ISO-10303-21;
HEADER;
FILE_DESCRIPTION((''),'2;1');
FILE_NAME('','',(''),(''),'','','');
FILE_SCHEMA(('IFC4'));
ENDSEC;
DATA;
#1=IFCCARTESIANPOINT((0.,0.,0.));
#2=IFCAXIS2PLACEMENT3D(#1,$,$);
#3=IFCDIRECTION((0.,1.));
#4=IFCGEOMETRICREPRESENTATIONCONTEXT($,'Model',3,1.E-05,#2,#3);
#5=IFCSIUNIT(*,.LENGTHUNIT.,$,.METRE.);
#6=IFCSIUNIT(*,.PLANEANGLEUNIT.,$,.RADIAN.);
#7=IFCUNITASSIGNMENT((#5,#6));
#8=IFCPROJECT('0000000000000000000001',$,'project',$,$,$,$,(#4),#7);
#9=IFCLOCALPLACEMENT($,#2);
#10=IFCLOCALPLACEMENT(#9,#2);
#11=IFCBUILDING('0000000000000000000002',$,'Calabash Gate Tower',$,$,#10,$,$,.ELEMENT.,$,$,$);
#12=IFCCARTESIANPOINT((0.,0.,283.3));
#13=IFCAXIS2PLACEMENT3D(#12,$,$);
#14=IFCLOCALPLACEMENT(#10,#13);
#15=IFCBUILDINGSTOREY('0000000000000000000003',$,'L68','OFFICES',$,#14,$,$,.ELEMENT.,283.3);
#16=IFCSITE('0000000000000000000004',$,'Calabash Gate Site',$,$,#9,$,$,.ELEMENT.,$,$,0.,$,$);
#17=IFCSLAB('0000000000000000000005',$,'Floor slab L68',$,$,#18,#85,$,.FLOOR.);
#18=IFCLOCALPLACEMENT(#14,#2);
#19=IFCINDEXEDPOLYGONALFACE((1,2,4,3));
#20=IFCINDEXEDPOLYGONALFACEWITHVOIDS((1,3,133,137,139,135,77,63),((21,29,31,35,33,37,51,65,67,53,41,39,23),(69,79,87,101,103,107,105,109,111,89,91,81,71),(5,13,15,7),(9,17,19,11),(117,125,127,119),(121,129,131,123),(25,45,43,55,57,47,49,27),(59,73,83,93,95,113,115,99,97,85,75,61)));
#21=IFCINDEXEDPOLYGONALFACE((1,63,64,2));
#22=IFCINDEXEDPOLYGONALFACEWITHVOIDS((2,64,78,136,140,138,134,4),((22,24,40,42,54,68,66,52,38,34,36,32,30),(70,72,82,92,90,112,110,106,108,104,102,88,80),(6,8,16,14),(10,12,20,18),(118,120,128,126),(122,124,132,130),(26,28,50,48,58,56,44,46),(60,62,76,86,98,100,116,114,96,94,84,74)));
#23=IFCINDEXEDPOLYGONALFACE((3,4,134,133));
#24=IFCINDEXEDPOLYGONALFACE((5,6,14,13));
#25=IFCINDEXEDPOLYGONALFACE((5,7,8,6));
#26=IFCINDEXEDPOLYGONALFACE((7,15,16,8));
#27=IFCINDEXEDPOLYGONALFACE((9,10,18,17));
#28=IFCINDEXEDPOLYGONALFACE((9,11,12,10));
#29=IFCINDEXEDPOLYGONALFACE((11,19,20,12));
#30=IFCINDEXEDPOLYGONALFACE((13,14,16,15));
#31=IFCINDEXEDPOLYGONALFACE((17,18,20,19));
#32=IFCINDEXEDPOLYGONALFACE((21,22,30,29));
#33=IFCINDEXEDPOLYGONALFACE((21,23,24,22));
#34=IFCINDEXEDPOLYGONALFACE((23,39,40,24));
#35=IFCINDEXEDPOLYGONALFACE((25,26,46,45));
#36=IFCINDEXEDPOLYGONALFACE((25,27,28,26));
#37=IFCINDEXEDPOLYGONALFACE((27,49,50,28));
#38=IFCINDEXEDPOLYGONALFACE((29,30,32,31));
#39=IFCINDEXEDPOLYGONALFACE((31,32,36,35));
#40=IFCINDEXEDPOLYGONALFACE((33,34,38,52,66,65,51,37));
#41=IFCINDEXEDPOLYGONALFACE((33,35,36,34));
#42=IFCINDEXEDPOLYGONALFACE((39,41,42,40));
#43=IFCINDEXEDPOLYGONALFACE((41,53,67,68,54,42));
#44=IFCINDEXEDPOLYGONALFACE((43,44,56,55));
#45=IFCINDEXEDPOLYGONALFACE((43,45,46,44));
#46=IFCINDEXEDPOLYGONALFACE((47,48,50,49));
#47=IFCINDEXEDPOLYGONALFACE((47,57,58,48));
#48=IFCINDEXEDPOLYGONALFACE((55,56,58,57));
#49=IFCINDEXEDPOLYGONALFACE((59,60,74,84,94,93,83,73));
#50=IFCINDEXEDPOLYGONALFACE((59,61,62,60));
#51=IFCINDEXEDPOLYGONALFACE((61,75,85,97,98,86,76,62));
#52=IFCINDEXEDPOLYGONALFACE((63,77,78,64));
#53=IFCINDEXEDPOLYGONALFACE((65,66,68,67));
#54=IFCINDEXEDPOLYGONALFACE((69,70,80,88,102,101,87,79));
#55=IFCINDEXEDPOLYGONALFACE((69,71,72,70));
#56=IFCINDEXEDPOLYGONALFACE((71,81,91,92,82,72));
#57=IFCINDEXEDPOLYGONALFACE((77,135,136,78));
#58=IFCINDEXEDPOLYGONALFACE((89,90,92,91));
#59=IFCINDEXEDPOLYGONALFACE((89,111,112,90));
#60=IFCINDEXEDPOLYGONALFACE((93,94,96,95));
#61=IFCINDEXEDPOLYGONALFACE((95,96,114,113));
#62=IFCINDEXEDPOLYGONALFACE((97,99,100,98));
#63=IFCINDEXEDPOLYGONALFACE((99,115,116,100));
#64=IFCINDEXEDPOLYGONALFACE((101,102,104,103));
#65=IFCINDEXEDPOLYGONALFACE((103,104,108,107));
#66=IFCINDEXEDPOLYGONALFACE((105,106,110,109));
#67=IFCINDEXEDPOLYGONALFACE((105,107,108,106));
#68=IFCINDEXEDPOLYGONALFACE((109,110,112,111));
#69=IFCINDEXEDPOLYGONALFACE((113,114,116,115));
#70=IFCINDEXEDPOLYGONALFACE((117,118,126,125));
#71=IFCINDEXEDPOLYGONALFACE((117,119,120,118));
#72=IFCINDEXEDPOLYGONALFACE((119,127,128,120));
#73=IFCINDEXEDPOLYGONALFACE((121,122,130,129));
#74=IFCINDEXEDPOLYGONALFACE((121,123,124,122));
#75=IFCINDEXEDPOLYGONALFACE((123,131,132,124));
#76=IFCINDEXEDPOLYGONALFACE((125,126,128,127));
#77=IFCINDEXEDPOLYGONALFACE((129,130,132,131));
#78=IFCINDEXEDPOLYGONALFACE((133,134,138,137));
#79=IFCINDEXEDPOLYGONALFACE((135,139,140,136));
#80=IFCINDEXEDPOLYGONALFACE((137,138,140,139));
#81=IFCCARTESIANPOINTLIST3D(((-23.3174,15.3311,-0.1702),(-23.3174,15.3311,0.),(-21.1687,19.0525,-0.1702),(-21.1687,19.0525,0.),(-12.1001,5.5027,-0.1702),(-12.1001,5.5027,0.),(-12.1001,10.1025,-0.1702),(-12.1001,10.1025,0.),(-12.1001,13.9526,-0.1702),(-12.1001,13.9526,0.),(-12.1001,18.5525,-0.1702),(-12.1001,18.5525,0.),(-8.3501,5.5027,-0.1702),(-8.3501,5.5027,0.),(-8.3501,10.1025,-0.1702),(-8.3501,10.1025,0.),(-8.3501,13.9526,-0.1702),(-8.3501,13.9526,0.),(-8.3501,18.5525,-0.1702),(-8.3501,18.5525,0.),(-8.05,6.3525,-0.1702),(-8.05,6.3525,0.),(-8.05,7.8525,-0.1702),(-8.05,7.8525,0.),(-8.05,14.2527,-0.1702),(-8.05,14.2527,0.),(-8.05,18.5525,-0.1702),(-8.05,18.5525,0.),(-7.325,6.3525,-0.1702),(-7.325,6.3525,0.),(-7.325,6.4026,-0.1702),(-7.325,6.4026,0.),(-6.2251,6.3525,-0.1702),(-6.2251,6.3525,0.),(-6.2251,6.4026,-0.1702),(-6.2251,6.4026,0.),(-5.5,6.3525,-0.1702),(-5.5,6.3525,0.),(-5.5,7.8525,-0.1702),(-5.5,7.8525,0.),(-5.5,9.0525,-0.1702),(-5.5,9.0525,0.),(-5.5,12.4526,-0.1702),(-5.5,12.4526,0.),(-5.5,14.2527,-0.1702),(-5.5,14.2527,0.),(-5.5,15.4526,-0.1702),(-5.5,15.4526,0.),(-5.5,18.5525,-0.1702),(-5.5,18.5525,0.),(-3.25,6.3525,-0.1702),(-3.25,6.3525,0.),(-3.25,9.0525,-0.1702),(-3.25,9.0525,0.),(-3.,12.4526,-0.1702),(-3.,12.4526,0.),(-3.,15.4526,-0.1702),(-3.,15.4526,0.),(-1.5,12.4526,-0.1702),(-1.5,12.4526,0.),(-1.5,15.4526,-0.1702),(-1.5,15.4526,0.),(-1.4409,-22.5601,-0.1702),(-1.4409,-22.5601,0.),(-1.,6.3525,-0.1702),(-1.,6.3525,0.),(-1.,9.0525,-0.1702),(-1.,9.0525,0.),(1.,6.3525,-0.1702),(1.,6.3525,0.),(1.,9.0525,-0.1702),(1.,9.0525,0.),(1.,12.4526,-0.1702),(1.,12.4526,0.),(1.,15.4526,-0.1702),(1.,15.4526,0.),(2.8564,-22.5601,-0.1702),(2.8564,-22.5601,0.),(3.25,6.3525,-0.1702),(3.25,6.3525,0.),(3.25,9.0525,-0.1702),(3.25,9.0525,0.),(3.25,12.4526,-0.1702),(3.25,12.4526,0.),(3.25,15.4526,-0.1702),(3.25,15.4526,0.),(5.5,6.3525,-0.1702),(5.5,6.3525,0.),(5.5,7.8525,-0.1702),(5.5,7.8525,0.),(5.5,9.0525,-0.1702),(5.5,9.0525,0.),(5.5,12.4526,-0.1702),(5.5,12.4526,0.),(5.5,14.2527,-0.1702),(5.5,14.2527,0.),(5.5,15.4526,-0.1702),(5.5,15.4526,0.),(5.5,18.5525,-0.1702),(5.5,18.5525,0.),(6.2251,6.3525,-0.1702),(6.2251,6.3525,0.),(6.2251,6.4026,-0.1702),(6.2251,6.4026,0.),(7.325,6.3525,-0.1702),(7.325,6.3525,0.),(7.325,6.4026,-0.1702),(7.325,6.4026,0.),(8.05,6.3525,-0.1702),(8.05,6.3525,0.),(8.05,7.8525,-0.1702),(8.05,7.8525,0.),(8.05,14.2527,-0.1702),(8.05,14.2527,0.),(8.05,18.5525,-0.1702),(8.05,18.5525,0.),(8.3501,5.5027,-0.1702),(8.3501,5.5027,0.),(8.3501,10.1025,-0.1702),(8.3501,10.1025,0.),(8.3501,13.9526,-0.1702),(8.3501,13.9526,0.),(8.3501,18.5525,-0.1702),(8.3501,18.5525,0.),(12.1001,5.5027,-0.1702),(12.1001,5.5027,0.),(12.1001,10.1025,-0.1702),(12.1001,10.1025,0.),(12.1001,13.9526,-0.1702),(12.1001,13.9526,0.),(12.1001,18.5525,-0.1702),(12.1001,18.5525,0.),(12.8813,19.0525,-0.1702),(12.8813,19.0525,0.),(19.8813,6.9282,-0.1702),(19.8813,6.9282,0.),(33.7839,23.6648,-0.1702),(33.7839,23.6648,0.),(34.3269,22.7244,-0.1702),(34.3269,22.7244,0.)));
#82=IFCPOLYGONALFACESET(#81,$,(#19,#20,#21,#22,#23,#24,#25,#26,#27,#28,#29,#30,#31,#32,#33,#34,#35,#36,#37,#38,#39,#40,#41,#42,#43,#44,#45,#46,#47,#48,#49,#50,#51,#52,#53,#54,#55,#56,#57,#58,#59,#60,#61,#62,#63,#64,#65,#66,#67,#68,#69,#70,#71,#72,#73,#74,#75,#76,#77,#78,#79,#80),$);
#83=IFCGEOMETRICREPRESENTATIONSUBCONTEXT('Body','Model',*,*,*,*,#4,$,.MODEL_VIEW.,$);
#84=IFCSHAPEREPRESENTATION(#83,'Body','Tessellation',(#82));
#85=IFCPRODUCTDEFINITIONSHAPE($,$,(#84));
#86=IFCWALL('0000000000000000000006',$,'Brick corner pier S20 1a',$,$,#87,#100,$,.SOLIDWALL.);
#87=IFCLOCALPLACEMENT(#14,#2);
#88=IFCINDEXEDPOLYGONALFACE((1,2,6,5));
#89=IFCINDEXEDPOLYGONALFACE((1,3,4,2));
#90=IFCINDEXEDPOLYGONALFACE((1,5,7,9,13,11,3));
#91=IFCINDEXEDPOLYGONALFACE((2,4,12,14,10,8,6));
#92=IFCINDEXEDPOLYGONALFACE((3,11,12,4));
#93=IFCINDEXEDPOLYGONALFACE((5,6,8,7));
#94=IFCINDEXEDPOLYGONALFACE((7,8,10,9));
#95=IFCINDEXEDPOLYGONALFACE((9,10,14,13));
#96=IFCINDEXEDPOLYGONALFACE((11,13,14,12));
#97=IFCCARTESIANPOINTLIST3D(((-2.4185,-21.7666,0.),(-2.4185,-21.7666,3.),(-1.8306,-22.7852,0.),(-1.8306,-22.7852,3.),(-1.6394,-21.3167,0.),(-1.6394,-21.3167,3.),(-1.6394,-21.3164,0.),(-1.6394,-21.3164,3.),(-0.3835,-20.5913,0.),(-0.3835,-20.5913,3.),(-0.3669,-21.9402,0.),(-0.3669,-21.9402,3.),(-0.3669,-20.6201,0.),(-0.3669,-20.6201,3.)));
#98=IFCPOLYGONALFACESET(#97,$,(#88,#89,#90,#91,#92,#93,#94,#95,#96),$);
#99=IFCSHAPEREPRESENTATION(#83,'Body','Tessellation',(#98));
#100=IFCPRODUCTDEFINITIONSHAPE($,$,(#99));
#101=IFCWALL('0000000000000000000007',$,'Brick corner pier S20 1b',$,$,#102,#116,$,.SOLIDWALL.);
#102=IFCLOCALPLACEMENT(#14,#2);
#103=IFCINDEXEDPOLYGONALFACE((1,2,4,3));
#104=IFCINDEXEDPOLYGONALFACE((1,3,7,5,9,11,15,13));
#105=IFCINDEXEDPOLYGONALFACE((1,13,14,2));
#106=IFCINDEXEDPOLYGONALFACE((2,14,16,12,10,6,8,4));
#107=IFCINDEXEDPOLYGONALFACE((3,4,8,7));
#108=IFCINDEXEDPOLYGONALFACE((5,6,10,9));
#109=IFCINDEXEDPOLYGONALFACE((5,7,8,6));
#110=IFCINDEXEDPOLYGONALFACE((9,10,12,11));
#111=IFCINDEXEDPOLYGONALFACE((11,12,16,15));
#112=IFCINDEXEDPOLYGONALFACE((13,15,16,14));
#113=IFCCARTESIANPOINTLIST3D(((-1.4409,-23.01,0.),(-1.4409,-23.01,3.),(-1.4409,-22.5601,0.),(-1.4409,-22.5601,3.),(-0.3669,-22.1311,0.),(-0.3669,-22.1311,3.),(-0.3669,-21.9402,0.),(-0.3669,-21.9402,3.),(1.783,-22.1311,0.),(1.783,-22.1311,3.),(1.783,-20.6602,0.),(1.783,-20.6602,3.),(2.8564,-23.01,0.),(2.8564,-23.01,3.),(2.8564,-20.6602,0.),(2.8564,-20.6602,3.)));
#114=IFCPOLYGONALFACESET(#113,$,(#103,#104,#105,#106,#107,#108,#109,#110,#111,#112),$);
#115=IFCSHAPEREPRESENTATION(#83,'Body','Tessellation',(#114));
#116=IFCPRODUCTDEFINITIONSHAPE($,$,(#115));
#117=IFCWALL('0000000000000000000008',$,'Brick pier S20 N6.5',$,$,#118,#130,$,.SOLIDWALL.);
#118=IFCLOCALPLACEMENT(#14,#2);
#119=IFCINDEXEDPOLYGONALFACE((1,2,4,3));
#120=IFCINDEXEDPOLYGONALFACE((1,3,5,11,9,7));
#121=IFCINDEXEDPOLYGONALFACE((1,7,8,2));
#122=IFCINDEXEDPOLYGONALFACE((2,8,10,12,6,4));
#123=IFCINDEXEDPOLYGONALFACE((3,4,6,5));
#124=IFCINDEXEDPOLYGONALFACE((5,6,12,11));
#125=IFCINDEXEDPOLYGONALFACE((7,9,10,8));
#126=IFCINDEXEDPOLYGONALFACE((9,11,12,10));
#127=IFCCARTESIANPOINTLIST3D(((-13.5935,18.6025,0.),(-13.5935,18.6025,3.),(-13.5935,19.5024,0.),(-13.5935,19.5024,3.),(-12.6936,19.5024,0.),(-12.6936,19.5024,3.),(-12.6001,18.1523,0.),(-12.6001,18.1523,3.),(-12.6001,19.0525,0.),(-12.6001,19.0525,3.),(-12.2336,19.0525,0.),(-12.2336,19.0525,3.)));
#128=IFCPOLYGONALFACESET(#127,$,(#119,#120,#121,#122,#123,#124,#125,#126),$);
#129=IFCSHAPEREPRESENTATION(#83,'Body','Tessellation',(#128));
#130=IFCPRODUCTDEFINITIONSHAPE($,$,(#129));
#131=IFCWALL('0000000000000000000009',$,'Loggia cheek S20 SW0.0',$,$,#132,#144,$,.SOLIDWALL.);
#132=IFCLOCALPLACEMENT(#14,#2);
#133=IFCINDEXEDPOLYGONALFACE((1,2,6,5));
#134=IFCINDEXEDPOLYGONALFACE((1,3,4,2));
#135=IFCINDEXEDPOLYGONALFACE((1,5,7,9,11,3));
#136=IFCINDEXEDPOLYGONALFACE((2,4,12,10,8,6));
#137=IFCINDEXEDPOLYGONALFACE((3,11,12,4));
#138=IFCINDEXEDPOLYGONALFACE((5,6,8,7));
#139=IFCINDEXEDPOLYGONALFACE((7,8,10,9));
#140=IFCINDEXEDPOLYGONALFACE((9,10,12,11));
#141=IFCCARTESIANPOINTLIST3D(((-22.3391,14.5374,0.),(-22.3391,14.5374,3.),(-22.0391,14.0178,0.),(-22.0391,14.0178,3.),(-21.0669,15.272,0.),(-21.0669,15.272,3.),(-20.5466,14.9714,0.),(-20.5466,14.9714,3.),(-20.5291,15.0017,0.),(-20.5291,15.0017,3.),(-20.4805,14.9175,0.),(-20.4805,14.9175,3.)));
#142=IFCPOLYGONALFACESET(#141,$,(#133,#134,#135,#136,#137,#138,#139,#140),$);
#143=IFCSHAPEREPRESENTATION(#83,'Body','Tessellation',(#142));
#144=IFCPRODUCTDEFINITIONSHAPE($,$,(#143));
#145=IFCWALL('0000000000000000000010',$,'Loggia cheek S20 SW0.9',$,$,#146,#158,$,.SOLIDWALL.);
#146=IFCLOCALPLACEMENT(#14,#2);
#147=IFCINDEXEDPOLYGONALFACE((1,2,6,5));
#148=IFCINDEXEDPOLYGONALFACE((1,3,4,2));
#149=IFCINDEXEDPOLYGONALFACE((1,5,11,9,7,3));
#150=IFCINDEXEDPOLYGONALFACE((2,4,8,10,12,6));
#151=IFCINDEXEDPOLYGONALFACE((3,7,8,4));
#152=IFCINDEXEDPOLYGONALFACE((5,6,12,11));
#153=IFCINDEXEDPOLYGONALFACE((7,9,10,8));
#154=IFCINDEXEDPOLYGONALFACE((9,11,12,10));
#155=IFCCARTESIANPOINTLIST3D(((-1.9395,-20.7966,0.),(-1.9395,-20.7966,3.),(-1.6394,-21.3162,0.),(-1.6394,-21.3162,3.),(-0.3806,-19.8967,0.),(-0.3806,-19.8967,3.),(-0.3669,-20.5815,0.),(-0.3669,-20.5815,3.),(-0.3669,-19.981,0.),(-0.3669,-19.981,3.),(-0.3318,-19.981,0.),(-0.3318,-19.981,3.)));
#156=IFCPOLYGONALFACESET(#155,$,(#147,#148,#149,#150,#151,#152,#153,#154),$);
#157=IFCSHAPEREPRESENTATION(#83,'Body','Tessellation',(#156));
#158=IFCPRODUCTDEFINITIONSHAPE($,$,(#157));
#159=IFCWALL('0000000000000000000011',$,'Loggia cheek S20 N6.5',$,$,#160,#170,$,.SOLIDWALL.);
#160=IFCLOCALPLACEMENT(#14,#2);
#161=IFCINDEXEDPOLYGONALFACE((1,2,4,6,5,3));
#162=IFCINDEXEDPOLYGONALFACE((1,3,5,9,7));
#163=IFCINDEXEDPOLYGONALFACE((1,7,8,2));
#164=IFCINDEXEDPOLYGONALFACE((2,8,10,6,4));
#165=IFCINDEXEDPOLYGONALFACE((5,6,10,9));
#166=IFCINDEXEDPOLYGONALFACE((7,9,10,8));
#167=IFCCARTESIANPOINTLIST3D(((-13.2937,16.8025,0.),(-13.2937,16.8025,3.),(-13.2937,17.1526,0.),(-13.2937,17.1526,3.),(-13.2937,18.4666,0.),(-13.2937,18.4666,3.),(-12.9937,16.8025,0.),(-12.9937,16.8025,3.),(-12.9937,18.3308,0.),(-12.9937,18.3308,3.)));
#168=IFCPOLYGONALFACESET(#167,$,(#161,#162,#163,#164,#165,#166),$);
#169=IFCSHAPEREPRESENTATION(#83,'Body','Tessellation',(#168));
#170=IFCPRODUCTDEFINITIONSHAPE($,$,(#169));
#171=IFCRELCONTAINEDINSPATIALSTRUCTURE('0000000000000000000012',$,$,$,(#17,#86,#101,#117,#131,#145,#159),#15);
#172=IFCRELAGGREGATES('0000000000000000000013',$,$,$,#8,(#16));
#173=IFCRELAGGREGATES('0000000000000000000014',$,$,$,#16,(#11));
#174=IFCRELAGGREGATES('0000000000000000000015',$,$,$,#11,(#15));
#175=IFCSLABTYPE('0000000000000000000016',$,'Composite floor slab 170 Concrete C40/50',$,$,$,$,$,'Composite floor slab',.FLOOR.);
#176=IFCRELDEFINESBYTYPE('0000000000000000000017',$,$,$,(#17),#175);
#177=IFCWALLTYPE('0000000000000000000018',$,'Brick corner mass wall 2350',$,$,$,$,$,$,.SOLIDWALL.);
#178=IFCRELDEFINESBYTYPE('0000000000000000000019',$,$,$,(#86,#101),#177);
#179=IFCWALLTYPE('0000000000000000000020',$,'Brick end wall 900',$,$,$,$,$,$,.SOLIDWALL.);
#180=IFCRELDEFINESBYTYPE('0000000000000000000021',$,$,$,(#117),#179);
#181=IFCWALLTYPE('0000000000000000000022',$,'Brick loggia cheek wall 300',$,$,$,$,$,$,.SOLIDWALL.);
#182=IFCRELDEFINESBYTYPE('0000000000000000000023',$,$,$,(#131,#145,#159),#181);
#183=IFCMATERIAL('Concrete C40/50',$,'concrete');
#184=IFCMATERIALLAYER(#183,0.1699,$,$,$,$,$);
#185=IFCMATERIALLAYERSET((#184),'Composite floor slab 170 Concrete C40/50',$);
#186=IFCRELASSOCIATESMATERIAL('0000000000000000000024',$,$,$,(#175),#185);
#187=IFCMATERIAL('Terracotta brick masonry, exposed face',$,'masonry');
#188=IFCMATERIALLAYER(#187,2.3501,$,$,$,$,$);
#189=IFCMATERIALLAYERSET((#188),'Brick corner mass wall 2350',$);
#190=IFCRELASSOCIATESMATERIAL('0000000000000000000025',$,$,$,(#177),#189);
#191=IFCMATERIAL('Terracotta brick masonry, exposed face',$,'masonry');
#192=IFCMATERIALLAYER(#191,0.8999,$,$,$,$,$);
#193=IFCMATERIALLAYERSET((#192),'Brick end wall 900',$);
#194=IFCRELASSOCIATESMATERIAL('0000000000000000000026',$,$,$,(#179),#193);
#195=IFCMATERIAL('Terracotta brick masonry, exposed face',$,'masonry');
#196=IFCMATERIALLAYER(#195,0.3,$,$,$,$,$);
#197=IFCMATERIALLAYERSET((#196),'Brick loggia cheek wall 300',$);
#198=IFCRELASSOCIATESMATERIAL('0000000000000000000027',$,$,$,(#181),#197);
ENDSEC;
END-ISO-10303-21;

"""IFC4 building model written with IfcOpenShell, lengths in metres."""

from ifc_helpers import new_model, si_unit, direction, frame, origin, place, context, subcontext, project, spatial, polyline, outline, extrude, material, layer, layer_set, type_object, element, save


model = new_model("IFC4")

# Units and contexts
model_context = context("Model", 3, precision=1e-05, world=origin(), true_north=direction((0.0, 1.0)))
body_context = subcontext(model_context, "Body", "Model", "MODEL_VIEW")
ifc_project = project(units=[si_unit("LENGTHUNIT", "METRE"), si_unit("PLANEANGLEUNIT", "RADIAN")], contexts=[model_context])

# Site, building, storey
site_placement = place(None, origin())
site = spatial("IfcSite", under=ifc_project, at=site_placement, Name="Calabash Gate Site", CompositionType="ELEMENT", RefElevation=0.0)
building_placement = place(site_placement, origin())
building = spatial("IfcBuilding", under=site, at=building_placement, Name="Calabash Gate Tower", CompositionType="ELEMENT")
storey_placement = place(building_placement, frame((0.0, 0.0, 283.3)))
storey = spatial("IfcBuildingStorey", under=building, at=storey_placement, Name="L68", Description="OFFICES", CompositionType="ELEMENT", Elevation=283.3)

# Slab
ifc_material_1 = material(Name="Concrete C40/50", Category="concrete")
ifc_layer_1 = layer(ifc_material_1, 0.1699)
ifc_layer_set_1 = layer_set([ifc_layer_1], Name="Composite floor slab 170 Concrete C40/50")
slab_type = type_object("IfcSlabType", Name="Composite floor slab 170 Concrete C40/50", ElementType="Composite floor slab", PredefinedType="FLOOR", material=ifc_layer_set_1)
slab_placement = place(storey_placement, frame((0.0, 0.0, -0.1702)))
element("IfcSlab", 1, at=slab_placement, inside=storey, type_object=slab_type, Name="Floor slab L68", PredefinedType="FLOOR", context=body_context, shape_type="SweptSolid", body=[
    extrude(outline(polyline([(-23.3174, 15.3311), (-21.1687, 19.0525), (12.8813, 19.0525), (33.7839, 23.6648), (34.3269, 22.7244), (19.8813, 6.9282), (2.8564, -22.5601), (-1.4409, -22.5601), (-23.3174, 15.3311)]), holes=[polyline([(-1.0, 9.0525), (-3.25, 9.0525), (-5.5, 9.0525), (-5.5, 7.8525), (-8.05, 7.8525), (-8.05, 6.3525), (-7.325, 6.3525), (-7.325, 6.4026), (-6.2251, 6.4026), (-6.2251, 6.3525), (-5.5, 6.3525), (-3.25, 6.3525), (-1.0, 6.3525), (-1.0, 9.0525)]), polyline([(3.25, 6.3525), (5.5, 6.3525), (6.2251, 6.3525), (6.2251, 6.4026), (7.325, 6.4026), (7.325, 6.3525), (8.05, 6.3525), (8.05, 7.8525), (5.5, 7.8525), (5.5, 9.0525), (3.25, 9.0525), (1.0, 9.0525), (1.0, 6.3525), (3.25, 6.3525)]), polyline([(-5.5, 14.2527), (-5.5, 12.4526), (-3.0, 12.4526), (-3.0, 15.4526), (-5.5, 15.4526), (-5.5, 18.5525), (-8.05, 18.5525), (-8.05, 14.2527), (-5.5, 14.2527)]), polyline([(1.0, 15.4526), (-1.5, 15.4526), (-1.5, 12.4526), (1.0, 12.4526), (3.25, 12.4526), (5.5, 12.4526), (5.5, 14.2527), (8.05, 14.2527), (8.05, 18.5525), (5.5, 18.5525), (5.5, 15.4526), (3.25, 15.4526), (1.0, 15.4526)]), polyline([(-8.3501, 18.5525), (-12.1001, 18.5525), (-12.1001, 13.9526), (-8.3501, 13.9526), (-8.3501, 18.5525)]), polyline([(-12.1001, 10.1025), (-12.1001, 5.5027), (-8.3501, 5.5027), (-8.3501, 10.1025), (-12.1001, 10.1025)]), polyline([(8.3501, 13.9526), (12.1001, 13.9526), (12.1001, 18.5525), (8.3501, 18.5525), (8.3501, 13.9526)]), polyline([(12.1001, 5.5027), (12.1001, 10.1025), (8.3501, 10.1025), (8.3501, 5.5027), (12.1001, 5.5027)])]), origin(), (0.0, 0.0, 1.0), 0.1702),
])

# Walls
ifc_material_2 = material(Name="Terracotta brick masonry, exposed face", Category="masonry")
ifc_layer_2 = layer(ifc_material_2, 2.3501)
ifc_layer_set_2 = layer_set([ifc_layer_2], Name="Brick corner mass wall 2350")
wall_type_1 = type_object("IfcWallType", Name="Brick corner mass wall 2350", PredefinedType="SOLIDWALL", material=ifc_layer_set_2)
wall_1_placement = place(storey_placement, origin())
element("IfcWall", 2, at=wall_1_placement, inside=storey, type_object=wall_type_1, Name="Brick corner pier S20 1a", PredefinedType="SOLIDWALL", context=body_context, shape_type="SweptSolid", body=[
    extrude(outline(polyline([(-0.3669, -20.6201), (-0.3835, -20.5913), (-1.6394, -21.3164), (-1.6394, -21.3167), (-2.4185, -21.7666), (-1.8306, -22.7852), (-0.3669, -21.9402), (-0.3669, -20.6201)])), origin(), (0.0, 0.0, 1.0), 3.0),
])
wall_2_placement = place(storey_placement, origin())
element("IfcWall", 3, at=wall_2_placement, inside=storey, type_object=wall_type_1, Name="Brick corner pier S20 1b", PredefinedType="SOLIDWALL", context=body_context, shape_type="SweptSolid", body=[
    extrude(outline(polyline([(-0.3669, -22.1311), (-0.3669, -21.9402), (-1.4409, -22.5601), (-1.4409, -23.01), (2.8564, -23.01), (2.8564, -20.6602), (1.783, -20.6602), (1.783, -22.1311), (-0.3669, -22.1311)])), origin(), (0.0, 0.0, 1.0), 3.0),
])
ifc_material_3 = material(Name="Terracotta brick masonry, exposed face", Category="masonry")
ifc_layer_3 = layer(ifc_material_3, 0.8999)
ifc_layer_set_3 = layer_set([ifc_layer_3], Name="Brick end wall 900")
wall_type_2 = type_object("IfcWallType", Name="Brick end wall 900", PredefinedType="SOLIDWALL", material=ifc_layer_set_3)
wall_3_placement = place(storey_placement, origin())
element("IfcWall", 4, at=wall_3_placement, inside=storey, type_object=wall_type_2, Name="Brick pier S20 N6.5", PredefinedType="SOLIDWALL", context=body_context, shape_type="SweptSolid", body=[
    extrude(outline(polyline([(-12.2336, 19.0525), (-12.6936, 19.5024), (-13.5935, 19.5024), (-13.5935, 18.6025), (-12.6001, 18.1523), (-12.6001, 19.0525), (-12.2336, 19.0525)])), origin(), (0.0, 0.0, 1.0), 3.0),
])
ifc_material_4 = material(Name="Terracotta brick masonry, exposed face", Category="masonry")
ifc_layer_4 = layer(ifc_material_4, 0.3)
ifc_layer_set_4 = layer_set([ifc_layer_4], Name="Brick loggia cheek wall 300")
wall_type_3 = type_object("IfcWallType", Name="Brick loggia cheek wall 300", PredefinedType="SOLIDWALL", material=ifc_layer_set_4)
wall_4_placement = place(storey_placement, origin())
element("IfcWall", 5, at=wall_4_placement, inside=storey, type_object=wall_type_3, Name="Loggia cheek S20 SW0.0", PredefinedType="SOLIDWALL", context=body_context, shape_type="SweptSolid", body=[
    extrude(outline(polyline([(-21.0669, 15.272), (-22.3391, 14.5374), (-22.0391, 14.0178), (-20.4805, 14.9175), (-20.5291, 15.0017), (-20.5466, 14.9714), (-21.0669, 15.272)])), origin(), (0.0, 0.0, 1.0), 3.0),
])
wall_5_placement = place(storey_placement, origin())
element("IfcWall", 6, at=wall_5_placement, inside=storey, type_object=wall_type_3, Name="Loggia cheek S20 SW0.9", PredefinedType="SOLIDWALL", context=body_context, shape_type="SweptSolid", body=[
    extrude(outline(polyline([(-1.6394, -21.3162), (-0.3669, -20.5815), (-0.3669, -19.981), (-0.3318, -19.981), (-0.3806, -19.8967), (-1.9395, -20.7966), (-1.6394, -21.3162)])), origin(), (0.0, 0.0, 1.0), 3.0),
])
wall_6_placement = place(storey_placement, origin())
element("IfcWall", 7, at=wall_6_placement, inside=storey, type_object=wall_type_3, Name="Loggia cheek S20 N6.5", PredefinedType="SOLIDWALL", context=body_context, shape_type="SweptSolid", body=[
    extrude(outline(polyline([(-13.2937, 16.8025), (-12.9937, 16.8025), (-12.9937, 18.3308), (-13.2937, 18.4666), (-13.2937, 17.1526), (-13.2937, 16.8025)])), origin(), (0.0, 0.0, 1.0), 3.0),
])

save(model, "model.ifc")
